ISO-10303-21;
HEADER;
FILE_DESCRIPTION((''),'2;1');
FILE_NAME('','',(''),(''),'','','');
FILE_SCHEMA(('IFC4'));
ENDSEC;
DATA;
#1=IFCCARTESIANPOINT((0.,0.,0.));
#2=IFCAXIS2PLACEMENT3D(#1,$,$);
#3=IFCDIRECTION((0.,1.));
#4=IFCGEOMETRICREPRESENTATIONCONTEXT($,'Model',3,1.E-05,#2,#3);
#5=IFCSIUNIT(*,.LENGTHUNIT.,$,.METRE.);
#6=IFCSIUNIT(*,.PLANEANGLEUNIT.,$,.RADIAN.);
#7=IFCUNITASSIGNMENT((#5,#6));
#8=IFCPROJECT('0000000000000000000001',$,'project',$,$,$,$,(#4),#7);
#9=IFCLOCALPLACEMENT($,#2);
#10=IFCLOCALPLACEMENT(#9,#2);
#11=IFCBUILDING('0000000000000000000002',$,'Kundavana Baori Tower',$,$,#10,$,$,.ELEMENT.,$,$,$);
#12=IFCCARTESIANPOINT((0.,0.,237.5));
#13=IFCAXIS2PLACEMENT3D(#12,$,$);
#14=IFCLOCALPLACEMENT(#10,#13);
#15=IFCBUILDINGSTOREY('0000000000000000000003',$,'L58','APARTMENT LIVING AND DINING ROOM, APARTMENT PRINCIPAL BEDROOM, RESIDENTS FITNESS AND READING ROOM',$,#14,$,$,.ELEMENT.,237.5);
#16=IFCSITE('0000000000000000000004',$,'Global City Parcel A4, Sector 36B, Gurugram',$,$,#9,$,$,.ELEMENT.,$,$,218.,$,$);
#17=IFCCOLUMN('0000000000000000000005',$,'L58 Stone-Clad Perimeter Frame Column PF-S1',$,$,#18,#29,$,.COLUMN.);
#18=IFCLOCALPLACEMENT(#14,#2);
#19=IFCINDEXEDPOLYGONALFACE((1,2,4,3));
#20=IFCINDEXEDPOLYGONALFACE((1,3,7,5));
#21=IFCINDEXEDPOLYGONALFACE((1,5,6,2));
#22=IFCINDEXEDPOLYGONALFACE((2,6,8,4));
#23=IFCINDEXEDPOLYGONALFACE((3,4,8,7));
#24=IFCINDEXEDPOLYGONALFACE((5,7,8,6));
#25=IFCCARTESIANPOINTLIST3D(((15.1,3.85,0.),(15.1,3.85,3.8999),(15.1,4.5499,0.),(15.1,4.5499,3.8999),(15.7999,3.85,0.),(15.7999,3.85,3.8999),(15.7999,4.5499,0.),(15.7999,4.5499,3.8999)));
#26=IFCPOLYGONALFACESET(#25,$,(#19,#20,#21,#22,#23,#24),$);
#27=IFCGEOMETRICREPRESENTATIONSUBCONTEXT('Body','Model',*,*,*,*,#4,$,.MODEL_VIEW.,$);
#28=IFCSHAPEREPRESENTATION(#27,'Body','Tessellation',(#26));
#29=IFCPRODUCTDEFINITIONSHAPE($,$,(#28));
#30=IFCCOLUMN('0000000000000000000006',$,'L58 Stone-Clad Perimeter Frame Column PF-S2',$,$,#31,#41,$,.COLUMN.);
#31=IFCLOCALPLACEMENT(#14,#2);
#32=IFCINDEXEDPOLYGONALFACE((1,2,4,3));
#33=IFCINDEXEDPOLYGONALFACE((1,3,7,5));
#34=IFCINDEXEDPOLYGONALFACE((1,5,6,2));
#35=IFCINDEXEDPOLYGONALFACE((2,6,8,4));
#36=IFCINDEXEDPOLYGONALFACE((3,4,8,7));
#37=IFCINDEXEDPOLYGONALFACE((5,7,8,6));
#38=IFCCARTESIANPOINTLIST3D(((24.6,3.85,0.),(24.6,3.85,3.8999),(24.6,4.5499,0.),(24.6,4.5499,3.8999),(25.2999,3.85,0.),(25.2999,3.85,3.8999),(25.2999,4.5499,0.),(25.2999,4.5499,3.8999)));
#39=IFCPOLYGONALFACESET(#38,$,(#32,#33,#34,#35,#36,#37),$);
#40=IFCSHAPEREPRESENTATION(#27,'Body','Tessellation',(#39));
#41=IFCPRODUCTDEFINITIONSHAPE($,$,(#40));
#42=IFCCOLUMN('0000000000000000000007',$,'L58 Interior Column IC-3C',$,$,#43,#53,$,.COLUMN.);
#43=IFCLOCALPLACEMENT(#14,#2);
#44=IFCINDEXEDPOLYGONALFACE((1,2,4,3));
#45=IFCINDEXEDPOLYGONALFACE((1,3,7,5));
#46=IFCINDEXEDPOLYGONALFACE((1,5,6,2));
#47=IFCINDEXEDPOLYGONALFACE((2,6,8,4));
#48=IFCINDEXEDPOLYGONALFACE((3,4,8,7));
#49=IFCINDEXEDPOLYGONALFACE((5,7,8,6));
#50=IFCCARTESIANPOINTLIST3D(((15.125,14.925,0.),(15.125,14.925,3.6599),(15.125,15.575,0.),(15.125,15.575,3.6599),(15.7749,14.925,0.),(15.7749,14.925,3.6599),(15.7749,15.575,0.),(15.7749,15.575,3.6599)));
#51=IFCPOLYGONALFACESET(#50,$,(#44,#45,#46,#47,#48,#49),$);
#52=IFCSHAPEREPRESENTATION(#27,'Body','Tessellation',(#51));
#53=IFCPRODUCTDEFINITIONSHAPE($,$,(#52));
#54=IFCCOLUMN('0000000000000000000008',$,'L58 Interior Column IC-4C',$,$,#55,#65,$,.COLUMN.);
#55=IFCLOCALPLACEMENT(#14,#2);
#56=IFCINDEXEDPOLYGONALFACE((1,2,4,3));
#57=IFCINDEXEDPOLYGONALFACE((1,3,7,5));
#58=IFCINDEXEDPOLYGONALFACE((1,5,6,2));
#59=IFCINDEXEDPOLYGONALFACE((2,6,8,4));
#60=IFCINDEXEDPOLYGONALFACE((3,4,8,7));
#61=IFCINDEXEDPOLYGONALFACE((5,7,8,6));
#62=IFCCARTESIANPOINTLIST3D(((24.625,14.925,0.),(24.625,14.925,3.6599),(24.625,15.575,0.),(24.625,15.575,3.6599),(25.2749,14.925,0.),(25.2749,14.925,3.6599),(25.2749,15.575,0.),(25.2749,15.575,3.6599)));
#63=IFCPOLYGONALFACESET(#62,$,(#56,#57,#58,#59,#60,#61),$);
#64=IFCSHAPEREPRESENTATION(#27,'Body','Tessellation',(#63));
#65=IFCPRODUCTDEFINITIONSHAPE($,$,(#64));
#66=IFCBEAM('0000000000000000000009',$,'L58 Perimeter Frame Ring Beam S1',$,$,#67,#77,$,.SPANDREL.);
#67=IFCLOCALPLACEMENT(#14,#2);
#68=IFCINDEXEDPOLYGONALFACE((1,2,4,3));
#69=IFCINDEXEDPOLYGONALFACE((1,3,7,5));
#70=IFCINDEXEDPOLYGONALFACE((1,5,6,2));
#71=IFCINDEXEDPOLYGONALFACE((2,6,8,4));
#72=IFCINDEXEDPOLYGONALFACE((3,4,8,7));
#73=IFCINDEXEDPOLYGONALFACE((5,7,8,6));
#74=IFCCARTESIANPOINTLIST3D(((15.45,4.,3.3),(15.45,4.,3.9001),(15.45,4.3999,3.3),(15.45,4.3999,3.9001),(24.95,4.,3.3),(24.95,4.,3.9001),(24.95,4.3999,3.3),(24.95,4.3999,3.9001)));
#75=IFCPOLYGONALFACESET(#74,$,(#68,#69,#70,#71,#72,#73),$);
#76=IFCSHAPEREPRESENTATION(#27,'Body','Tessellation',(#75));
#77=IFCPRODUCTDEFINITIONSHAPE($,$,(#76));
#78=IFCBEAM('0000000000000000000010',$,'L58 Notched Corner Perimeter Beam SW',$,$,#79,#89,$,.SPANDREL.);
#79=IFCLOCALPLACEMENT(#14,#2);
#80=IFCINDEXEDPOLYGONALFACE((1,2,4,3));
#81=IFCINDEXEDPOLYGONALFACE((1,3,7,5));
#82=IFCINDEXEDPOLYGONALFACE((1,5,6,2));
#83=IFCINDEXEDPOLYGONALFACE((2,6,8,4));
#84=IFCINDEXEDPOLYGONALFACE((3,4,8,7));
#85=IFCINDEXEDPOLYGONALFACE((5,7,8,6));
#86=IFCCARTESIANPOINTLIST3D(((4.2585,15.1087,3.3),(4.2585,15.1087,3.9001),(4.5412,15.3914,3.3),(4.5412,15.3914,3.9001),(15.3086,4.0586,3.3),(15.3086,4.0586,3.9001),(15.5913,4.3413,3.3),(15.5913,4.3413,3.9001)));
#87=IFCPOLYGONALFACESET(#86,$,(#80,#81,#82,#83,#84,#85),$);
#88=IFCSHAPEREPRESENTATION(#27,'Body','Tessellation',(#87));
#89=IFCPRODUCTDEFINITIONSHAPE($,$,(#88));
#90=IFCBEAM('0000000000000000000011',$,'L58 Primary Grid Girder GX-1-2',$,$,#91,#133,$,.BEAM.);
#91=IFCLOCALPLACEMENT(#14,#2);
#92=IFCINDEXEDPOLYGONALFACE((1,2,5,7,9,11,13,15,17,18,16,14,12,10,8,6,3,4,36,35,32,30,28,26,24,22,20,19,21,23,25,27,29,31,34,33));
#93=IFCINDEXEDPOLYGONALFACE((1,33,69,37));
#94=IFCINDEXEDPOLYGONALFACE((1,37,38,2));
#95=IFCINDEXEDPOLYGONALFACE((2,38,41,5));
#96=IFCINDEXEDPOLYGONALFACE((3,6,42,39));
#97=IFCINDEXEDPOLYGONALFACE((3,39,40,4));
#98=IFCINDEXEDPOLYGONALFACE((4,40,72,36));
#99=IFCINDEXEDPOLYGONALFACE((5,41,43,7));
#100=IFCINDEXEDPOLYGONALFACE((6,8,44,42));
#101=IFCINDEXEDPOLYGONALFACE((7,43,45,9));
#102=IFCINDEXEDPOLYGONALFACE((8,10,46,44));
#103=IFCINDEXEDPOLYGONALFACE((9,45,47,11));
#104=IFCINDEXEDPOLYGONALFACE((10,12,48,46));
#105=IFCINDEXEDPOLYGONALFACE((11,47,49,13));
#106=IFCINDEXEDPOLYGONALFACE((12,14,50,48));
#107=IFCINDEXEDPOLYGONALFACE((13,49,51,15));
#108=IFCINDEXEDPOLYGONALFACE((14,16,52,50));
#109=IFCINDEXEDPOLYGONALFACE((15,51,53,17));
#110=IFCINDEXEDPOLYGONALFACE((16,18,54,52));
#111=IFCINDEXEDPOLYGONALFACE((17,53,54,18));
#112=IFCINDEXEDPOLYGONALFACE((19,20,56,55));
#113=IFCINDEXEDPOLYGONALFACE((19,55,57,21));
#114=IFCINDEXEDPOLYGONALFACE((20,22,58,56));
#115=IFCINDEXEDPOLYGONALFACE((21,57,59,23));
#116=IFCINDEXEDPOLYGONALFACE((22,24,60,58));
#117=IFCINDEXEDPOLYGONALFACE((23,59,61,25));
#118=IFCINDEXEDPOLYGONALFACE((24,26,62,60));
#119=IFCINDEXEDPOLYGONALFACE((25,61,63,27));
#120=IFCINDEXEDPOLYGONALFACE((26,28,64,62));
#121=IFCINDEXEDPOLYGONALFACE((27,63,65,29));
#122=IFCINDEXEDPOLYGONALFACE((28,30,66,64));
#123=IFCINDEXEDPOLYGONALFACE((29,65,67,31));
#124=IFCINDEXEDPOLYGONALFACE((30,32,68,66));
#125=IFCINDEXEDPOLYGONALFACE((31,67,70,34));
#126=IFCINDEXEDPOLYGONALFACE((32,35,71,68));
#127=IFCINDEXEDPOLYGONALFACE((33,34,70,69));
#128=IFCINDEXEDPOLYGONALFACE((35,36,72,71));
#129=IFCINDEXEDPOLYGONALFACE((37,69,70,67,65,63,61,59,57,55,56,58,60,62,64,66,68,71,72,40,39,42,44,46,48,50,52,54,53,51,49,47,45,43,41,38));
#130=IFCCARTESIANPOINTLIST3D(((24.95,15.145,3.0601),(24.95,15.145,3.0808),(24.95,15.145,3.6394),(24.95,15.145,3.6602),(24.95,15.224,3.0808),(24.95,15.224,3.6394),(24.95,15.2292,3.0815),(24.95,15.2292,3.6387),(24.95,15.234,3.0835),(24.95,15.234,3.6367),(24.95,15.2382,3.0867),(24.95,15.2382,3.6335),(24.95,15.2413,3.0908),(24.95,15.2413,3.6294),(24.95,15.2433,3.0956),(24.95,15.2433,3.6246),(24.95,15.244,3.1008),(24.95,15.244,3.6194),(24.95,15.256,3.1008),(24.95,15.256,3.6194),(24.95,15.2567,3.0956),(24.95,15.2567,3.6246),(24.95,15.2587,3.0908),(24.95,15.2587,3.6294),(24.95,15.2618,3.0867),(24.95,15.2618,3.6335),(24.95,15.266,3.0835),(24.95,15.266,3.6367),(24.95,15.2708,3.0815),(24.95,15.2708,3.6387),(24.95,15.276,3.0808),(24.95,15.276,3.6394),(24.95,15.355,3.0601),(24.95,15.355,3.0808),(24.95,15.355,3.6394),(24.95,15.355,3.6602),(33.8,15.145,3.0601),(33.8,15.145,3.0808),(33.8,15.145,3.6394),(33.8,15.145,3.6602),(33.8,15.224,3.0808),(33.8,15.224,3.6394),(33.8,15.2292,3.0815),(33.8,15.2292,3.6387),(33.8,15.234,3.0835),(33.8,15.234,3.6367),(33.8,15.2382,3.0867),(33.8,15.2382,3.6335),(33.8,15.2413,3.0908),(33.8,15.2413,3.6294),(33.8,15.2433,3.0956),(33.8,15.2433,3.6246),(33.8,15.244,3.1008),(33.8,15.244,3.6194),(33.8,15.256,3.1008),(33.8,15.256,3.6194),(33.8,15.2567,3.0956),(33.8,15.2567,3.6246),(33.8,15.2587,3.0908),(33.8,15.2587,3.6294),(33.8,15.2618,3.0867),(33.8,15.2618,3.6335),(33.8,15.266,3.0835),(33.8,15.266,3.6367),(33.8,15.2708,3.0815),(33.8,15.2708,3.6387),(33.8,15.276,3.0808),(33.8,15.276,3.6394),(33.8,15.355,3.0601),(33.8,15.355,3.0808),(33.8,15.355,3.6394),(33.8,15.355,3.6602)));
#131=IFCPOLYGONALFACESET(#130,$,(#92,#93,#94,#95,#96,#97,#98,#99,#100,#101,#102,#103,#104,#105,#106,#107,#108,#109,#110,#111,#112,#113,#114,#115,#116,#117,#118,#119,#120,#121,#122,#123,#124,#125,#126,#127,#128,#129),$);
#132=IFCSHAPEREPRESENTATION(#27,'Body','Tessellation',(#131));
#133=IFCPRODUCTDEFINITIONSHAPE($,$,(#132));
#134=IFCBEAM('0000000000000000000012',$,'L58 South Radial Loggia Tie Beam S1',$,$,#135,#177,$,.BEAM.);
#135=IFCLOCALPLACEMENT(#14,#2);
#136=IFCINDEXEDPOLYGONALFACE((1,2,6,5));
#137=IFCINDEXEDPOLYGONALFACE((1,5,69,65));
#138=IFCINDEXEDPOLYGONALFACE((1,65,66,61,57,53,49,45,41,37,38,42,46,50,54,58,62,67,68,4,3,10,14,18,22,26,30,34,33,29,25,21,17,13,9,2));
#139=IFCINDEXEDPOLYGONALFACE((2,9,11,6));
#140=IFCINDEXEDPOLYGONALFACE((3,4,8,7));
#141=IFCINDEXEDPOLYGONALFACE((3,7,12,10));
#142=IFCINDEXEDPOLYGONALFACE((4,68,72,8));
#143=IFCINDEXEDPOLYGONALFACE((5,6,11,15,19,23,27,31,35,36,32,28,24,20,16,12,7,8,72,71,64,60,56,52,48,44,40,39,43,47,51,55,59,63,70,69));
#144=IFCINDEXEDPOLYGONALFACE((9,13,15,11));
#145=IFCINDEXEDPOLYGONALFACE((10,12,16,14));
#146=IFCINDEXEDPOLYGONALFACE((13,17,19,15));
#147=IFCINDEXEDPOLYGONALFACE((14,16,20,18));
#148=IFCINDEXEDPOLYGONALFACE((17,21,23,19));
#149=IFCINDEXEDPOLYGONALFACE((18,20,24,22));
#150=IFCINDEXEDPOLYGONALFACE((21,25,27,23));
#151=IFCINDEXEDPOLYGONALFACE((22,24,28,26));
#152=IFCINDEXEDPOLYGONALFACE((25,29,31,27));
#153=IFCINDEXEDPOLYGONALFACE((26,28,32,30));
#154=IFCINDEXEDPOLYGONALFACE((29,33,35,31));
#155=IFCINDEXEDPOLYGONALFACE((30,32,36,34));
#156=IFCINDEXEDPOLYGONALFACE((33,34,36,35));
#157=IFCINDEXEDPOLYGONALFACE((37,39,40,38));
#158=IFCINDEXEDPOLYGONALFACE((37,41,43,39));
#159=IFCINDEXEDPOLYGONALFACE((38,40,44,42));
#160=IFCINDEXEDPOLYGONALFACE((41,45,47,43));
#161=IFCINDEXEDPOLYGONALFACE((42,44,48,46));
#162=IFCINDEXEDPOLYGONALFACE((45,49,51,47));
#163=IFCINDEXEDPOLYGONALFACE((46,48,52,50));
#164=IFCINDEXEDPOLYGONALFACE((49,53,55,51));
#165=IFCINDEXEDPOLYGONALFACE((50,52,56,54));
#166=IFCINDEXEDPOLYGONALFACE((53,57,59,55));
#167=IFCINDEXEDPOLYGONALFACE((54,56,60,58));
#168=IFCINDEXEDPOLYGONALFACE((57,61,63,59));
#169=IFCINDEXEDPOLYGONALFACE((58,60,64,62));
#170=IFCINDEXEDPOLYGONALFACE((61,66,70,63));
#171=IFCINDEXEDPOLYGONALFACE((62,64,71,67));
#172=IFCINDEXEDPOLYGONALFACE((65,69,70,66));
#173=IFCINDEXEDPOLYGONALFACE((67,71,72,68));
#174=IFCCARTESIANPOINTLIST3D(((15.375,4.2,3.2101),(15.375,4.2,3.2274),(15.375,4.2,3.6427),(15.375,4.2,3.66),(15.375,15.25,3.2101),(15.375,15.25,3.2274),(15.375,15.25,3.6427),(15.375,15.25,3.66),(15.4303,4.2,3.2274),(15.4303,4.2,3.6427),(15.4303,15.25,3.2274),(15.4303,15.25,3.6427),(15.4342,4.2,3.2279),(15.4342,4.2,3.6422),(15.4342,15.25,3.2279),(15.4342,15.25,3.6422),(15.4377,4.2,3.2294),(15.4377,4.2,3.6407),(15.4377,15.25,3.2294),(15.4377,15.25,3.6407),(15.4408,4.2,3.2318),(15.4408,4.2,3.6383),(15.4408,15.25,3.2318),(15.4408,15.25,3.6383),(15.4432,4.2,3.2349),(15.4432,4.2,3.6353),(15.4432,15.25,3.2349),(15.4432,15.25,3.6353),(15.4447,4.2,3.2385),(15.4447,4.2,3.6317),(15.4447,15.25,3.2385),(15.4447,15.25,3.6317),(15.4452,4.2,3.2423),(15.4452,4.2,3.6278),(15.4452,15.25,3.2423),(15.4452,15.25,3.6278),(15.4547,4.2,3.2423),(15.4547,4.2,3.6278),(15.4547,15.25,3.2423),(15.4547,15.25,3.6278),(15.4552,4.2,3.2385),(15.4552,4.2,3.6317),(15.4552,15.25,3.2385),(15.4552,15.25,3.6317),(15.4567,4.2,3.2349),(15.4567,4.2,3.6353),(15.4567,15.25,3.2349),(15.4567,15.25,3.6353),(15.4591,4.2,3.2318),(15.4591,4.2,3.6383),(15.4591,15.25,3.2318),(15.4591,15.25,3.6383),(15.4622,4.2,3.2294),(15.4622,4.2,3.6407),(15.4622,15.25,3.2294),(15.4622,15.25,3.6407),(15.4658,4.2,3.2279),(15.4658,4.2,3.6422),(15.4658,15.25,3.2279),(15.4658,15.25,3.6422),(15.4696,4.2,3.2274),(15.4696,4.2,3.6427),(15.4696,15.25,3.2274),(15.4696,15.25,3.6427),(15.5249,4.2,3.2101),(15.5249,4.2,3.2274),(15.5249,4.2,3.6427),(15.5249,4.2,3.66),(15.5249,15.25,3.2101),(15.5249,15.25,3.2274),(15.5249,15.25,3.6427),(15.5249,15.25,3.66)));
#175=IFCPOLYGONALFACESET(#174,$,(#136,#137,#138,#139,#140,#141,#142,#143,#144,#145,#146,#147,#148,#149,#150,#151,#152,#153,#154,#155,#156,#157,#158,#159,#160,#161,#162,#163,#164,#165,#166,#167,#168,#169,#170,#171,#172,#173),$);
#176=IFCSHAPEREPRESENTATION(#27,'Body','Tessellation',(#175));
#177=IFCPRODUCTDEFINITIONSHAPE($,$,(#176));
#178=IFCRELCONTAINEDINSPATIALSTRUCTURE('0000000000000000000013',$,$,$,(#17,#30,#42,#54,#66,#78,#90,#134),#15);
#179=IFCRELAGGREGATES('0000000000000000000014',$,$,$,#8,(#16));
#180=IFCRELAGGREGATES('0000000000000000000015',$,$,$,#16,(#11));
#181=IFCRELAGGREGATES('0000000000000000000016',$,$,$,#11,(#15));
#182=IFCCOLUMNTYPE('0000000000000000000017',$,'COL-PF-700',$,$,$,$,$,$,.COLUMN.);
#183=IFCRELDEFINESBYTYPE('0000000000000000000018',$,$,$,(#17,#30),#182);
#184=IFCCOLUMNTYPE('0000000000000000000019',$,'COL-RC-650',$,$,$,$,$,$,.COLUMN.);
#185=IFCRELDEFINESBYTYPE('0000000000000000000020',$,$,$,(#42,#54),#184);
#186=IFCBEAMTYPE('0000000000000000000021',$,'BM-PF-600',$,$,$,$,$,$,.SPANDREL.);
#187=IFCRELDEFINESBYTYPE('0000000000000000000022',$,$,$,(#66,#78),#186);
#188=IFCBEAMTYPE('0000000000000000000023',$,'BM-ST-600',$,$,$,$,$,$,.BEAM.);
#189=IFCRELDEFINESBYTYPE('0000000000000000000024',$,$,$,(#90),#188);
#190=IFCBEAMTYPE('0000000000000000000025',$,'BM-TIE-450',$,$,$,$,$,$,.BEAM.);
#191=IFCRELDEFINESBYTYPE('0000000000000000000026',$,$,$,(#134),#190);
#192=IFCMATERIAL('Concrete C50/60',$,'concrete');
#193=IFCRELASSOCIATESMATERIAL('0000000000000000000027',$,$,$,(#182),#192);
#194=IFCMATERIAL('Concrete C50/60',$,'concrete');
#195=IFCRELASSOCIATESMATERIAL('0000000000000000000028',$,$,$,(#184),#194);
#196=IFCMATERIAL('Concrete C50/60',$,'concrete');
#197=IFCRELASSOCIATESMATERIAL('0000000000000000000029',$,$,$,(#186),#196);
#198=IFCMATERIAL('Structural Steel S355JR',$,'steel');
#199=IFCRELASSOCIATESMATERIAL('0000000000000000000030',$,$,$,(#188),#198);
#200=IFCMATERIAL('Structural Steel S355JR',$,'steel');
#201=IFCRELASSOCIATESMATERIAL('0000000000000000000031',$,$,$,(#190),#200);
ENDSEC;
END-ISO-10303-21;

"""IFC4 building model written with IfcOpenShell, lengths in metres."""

from ifc_helpers import new_model, si_unit, direction, frame, origin, origin_2d, place, context, subcontext, project, spatial, rectangle, i_section, extrude, material, material_profile, profile_set, type_object, element, save


model = new_model("IFC4")

# Units and contexts
model_context = context("Model", 3, precision=1e-05, world=origin(), true_north=direction((0.0, 1.0)))
body_context = subcontext(model_context, "Body", "Model", "MODEL_VIEW")
ifc_project = project(units=[si_unit("LENGTHUNIT", "METRE"), si_unit("PLANEANGLEUNIT", "RADIAN")], contexts=[model_context])

# Site, building, storey
site_placement = place(None, origin())
site = spatial("IfcSite", under=ifc_project, at=site_placement, Name="Global City Parcel A4, Sector 36B, Gurugram", CompositionType="ELEMENT", RefElevation=218.0)
building_placement = place(site_placement, origin())
building = spatial("IfcBuilding", under=site, at=building_placement, Name="Kundavana Baori Tower", CompositionType="ELEMENT")
storey_placement = place(building_placement, frame((0.0, 0.0, 237.5)))
storey = spatial("IfcBuildingStorey", under=building, at=storey_placement, Name="L58", Description="APARTMENT LIVING AND DINING ROOM, APARTMENT PRINCIPAL BEDROOM, RESIDENTS FITNESS AND READING ROOM", CompositionType="ELEMENT", Elevation=237.5)

# Columns
ifc_material_1 = material(Name="Concrete C50/60", Category="concrete")
ifc_material_profile_1 = material_profile(ifc_material_1, rectangle(XDim=0.7, YDim=0.7, at=origin_2d()), Name="RC PF 700x700")
ifc_profile_set_1 = profile_set([ifc_material_profile_1], Name="Concrete C50/60")
column_type_1 = type_object("IfcColumnType", Name="COL-PF-700", PredefinedType="COLUMN", material=ifc_profile_set_1)
for number, where, z_axis, x_axis, name in (
    (1, (15.45, 4.2, 0.0), (0.0, 0.0, 1.0), (1.0, 0.0, 0.0), "L58 Stone-Clad Perimeter Frame Column PF-S1"),
    (2, (24.95, 4.2, 0.0), (0.0, 0.0, 1.0), (1.0, 0.0, 0.0), "L58 Stone-Clad Perimeter Frame Column PF-S2"),
):
    element("IfcColumn", number, at=place(storey_placement, frame(where, z_axis=z_axis, x_axis=x_axis)), inside=storey, type_object=column_type_1, Name=name, PredefinedType="COLUMN", context=body_context, shape_type="SweptSolid", body=[
        extrude(rectangle(XDim=0.7, YDim=0.7, at=origin_2d()), origin(), (0.0, 0.0, 1.0), 3.8999),
    ])
ifc_material_2 = material(Name="Concrete C50/60", Category="concrete")
ifc_material_profile_2 = material_profile(ifc_material_2, rectangle(XDim=0.6499, YDim=0.6499, at=origin_2d()), Name="RC 650x650")
ifc_profile_set_2 = profile_set([ifc_material_profile_2], Name="Concrete C50/60")
column_type_2 = type_object("IfcColumnType", Name="COL-RC-650", PredefinedType="COLUMN", material=ifc_profile_set_2)
for number, where, z_axis, x_axis, name in (
    (3, (15.45, 15.25, 0.0), (0.0, 0.0, 1.0), (1.0, 0.0, 0.0), "L58 Interior Column IC-3C"),
    (4, (24.95, 15.25, 0.0), (0.0, 0.0, 1.0), (1.0, 0.0, 0.0), "L58 Interior Column IC-4C"),
):
    element("IfcColumn", number, at=place(storey_placement, frame(where, z_axis=z_axis, x_axis=x_axis)), inside=storey, type_object=column_type_2, Name=name, PredefinedType="COLUMN", context=body_context, shape_type="SweptSolid", body=[
        extrude(rectangle(XDim=0.6499, YDim=0.6499, at=origin_2d()), origin(), (0.0, 0.0, 1.0), 3.6599),
    ])

# Beams
ifc_material_3 = material(Name="Concrete C50/60", Category="concrete")
ifc_material_profile_3 = material_profile(ifc_material_3, rectangle(XDim=0.3999, YDim=0.6001, at=origin_2d()), Name="RC BM 400x600")
ifc_profile_set_3 = profile_set([ifc_material_profile_3], Name="Concrete C50/60")
beam_type_1 = type_object("IfcBeamType", Name="BM-PF-600", PredefinedType="SPANDREL", material=ifc_profile_set_3)
beam_1_placement = place(storey_placement, frame((15.45, 4.2, 3.6001), z_axis=(1.0, 0.0, 0.0), x_axis=(0.0, 1.0, 0.0)))
element("IfcBeam", 5, at=beam_1_placement, inside=storey, type_object=beam_type_1, Name="L58 Perimeter Frame Ring Beam S1", PredefinedType="SPANDREL", context=body_context, shape_type="SweptSolid", body=[
    extrude(rectangle(XDim=0.3999, YDim=0.6001, at=origin_2d()), origin(), (0.0, 0.0, 1.0), 9.5),
])
beam_2_placement = place(storey_placement, frame((15.45, 4.2, 3.6001), z_axis=(-0.707107, 0.707107, 0.0), x_axis=(-0.707107, -0.707107, 0.0)))
element("IfcBeam", 6, at=beam_2_placement, inside=storey, type_object=beam_type_1, Name="L58 Notched Corner Perimeter Beam SW", PredefinedType="SPANDREL", context=body_context, shape_type="SweptSolid", body=[
    extrude(rectangle(XDim=0.3999, YDim=0.6001, at=origin_2d()), origin(), (0.0, 0.0, 1.0), 15.6272),
])
ifc_material_4 = material(Name="Structural Steel S355JR", Category="steel")
ifc_material_profile_4 = material_profile(ifc_material_4, i_section(OverallWidth=0.21, OverallDepth=0.6001, WebThickness=0.012, FlangeThickness=0.0208, FilletRadius=0.02, at=origin_2d()), Name="ISMB 600")
ifc_profile_set_4 = profile_set([ifc_material_profile_4], Name="Structural Steel S355JR")
beam_type_2 = type_object("IfcBeamType", Name="BM-ST-600", PredefinedType="BEAM", material=ifc_profile_set_4)
beam_3_placement = place(storey_placement, frame((24.95, 15.25, 3.3601), z_axis=(1.0, 0.0, 0.0), x_axis=(0.0, 1.0, 0.0)))
element("IfcBeam", 7, at=beam_3_placement, inside=storey, type_object=beam_type_2, Name="L58 Primary Grid Girder GX-1-2", PredefinedType="BEAM", context=body_context, shape_type="SweptSolid", body=[
    extrude(i_section(OverallWidth=0.21, OverallDepth=0.6001, WebThickness=0.012, FlangeThickness=0.0208, FilletRadius=0.02, at=origin_2d()), origin(), (0.0, 0.0, 1.0), 8.8501),
])
ifc_material_5 = material(Name="Structural Steel S355JR", Category="steel")
ifc_material_profile_5 = material_profile(ifc_material_5, i_section(OverallWidth=0.1499, OverallDepth=0.45, WebThickness=0.0095, FlangeThickness=0.0173, FilletRadius=0.0149, at=origin_2d()), Name="ISMB 450")
ifc_profile_set_5 = profile_set([ifc_material_profile_5], Name="Structural Steel S355JR")
beam_type_3 = type_object("IfcBeamType", Name="BM-TIE-450", PredefinedType="BEAM", material=ifc_profile_set_5)
for number, where, z_axis, x_axis, name in (
    (8, (15.45, 15.25, 3.4351), (0.0, -1.0, 0.0), (1.0, 0.0, 0.0), "L58 South Radial Loggia Tie Beam S1"),
):
    element("IfcBeam", number, at=place(storey_placement, frame(where, z_axis=z_axis, x_axis=x_axis)), inside=storey, type_object=beam_type_3, Name=name, PredefinedType="BEAM", context=body_context, shape_type="SweptSolid", body=[
        extrude(i_section(OverallWidth=0.1499, OverallDepth=0.45, WebThickness=0.0095, FlangeThickness=0.0173, FilletRadius=0.0149, at=origin_2d()), origin(), (0.0, 0.0, 1.0), 11.05),
    ])

save(model, "model.ifc")
